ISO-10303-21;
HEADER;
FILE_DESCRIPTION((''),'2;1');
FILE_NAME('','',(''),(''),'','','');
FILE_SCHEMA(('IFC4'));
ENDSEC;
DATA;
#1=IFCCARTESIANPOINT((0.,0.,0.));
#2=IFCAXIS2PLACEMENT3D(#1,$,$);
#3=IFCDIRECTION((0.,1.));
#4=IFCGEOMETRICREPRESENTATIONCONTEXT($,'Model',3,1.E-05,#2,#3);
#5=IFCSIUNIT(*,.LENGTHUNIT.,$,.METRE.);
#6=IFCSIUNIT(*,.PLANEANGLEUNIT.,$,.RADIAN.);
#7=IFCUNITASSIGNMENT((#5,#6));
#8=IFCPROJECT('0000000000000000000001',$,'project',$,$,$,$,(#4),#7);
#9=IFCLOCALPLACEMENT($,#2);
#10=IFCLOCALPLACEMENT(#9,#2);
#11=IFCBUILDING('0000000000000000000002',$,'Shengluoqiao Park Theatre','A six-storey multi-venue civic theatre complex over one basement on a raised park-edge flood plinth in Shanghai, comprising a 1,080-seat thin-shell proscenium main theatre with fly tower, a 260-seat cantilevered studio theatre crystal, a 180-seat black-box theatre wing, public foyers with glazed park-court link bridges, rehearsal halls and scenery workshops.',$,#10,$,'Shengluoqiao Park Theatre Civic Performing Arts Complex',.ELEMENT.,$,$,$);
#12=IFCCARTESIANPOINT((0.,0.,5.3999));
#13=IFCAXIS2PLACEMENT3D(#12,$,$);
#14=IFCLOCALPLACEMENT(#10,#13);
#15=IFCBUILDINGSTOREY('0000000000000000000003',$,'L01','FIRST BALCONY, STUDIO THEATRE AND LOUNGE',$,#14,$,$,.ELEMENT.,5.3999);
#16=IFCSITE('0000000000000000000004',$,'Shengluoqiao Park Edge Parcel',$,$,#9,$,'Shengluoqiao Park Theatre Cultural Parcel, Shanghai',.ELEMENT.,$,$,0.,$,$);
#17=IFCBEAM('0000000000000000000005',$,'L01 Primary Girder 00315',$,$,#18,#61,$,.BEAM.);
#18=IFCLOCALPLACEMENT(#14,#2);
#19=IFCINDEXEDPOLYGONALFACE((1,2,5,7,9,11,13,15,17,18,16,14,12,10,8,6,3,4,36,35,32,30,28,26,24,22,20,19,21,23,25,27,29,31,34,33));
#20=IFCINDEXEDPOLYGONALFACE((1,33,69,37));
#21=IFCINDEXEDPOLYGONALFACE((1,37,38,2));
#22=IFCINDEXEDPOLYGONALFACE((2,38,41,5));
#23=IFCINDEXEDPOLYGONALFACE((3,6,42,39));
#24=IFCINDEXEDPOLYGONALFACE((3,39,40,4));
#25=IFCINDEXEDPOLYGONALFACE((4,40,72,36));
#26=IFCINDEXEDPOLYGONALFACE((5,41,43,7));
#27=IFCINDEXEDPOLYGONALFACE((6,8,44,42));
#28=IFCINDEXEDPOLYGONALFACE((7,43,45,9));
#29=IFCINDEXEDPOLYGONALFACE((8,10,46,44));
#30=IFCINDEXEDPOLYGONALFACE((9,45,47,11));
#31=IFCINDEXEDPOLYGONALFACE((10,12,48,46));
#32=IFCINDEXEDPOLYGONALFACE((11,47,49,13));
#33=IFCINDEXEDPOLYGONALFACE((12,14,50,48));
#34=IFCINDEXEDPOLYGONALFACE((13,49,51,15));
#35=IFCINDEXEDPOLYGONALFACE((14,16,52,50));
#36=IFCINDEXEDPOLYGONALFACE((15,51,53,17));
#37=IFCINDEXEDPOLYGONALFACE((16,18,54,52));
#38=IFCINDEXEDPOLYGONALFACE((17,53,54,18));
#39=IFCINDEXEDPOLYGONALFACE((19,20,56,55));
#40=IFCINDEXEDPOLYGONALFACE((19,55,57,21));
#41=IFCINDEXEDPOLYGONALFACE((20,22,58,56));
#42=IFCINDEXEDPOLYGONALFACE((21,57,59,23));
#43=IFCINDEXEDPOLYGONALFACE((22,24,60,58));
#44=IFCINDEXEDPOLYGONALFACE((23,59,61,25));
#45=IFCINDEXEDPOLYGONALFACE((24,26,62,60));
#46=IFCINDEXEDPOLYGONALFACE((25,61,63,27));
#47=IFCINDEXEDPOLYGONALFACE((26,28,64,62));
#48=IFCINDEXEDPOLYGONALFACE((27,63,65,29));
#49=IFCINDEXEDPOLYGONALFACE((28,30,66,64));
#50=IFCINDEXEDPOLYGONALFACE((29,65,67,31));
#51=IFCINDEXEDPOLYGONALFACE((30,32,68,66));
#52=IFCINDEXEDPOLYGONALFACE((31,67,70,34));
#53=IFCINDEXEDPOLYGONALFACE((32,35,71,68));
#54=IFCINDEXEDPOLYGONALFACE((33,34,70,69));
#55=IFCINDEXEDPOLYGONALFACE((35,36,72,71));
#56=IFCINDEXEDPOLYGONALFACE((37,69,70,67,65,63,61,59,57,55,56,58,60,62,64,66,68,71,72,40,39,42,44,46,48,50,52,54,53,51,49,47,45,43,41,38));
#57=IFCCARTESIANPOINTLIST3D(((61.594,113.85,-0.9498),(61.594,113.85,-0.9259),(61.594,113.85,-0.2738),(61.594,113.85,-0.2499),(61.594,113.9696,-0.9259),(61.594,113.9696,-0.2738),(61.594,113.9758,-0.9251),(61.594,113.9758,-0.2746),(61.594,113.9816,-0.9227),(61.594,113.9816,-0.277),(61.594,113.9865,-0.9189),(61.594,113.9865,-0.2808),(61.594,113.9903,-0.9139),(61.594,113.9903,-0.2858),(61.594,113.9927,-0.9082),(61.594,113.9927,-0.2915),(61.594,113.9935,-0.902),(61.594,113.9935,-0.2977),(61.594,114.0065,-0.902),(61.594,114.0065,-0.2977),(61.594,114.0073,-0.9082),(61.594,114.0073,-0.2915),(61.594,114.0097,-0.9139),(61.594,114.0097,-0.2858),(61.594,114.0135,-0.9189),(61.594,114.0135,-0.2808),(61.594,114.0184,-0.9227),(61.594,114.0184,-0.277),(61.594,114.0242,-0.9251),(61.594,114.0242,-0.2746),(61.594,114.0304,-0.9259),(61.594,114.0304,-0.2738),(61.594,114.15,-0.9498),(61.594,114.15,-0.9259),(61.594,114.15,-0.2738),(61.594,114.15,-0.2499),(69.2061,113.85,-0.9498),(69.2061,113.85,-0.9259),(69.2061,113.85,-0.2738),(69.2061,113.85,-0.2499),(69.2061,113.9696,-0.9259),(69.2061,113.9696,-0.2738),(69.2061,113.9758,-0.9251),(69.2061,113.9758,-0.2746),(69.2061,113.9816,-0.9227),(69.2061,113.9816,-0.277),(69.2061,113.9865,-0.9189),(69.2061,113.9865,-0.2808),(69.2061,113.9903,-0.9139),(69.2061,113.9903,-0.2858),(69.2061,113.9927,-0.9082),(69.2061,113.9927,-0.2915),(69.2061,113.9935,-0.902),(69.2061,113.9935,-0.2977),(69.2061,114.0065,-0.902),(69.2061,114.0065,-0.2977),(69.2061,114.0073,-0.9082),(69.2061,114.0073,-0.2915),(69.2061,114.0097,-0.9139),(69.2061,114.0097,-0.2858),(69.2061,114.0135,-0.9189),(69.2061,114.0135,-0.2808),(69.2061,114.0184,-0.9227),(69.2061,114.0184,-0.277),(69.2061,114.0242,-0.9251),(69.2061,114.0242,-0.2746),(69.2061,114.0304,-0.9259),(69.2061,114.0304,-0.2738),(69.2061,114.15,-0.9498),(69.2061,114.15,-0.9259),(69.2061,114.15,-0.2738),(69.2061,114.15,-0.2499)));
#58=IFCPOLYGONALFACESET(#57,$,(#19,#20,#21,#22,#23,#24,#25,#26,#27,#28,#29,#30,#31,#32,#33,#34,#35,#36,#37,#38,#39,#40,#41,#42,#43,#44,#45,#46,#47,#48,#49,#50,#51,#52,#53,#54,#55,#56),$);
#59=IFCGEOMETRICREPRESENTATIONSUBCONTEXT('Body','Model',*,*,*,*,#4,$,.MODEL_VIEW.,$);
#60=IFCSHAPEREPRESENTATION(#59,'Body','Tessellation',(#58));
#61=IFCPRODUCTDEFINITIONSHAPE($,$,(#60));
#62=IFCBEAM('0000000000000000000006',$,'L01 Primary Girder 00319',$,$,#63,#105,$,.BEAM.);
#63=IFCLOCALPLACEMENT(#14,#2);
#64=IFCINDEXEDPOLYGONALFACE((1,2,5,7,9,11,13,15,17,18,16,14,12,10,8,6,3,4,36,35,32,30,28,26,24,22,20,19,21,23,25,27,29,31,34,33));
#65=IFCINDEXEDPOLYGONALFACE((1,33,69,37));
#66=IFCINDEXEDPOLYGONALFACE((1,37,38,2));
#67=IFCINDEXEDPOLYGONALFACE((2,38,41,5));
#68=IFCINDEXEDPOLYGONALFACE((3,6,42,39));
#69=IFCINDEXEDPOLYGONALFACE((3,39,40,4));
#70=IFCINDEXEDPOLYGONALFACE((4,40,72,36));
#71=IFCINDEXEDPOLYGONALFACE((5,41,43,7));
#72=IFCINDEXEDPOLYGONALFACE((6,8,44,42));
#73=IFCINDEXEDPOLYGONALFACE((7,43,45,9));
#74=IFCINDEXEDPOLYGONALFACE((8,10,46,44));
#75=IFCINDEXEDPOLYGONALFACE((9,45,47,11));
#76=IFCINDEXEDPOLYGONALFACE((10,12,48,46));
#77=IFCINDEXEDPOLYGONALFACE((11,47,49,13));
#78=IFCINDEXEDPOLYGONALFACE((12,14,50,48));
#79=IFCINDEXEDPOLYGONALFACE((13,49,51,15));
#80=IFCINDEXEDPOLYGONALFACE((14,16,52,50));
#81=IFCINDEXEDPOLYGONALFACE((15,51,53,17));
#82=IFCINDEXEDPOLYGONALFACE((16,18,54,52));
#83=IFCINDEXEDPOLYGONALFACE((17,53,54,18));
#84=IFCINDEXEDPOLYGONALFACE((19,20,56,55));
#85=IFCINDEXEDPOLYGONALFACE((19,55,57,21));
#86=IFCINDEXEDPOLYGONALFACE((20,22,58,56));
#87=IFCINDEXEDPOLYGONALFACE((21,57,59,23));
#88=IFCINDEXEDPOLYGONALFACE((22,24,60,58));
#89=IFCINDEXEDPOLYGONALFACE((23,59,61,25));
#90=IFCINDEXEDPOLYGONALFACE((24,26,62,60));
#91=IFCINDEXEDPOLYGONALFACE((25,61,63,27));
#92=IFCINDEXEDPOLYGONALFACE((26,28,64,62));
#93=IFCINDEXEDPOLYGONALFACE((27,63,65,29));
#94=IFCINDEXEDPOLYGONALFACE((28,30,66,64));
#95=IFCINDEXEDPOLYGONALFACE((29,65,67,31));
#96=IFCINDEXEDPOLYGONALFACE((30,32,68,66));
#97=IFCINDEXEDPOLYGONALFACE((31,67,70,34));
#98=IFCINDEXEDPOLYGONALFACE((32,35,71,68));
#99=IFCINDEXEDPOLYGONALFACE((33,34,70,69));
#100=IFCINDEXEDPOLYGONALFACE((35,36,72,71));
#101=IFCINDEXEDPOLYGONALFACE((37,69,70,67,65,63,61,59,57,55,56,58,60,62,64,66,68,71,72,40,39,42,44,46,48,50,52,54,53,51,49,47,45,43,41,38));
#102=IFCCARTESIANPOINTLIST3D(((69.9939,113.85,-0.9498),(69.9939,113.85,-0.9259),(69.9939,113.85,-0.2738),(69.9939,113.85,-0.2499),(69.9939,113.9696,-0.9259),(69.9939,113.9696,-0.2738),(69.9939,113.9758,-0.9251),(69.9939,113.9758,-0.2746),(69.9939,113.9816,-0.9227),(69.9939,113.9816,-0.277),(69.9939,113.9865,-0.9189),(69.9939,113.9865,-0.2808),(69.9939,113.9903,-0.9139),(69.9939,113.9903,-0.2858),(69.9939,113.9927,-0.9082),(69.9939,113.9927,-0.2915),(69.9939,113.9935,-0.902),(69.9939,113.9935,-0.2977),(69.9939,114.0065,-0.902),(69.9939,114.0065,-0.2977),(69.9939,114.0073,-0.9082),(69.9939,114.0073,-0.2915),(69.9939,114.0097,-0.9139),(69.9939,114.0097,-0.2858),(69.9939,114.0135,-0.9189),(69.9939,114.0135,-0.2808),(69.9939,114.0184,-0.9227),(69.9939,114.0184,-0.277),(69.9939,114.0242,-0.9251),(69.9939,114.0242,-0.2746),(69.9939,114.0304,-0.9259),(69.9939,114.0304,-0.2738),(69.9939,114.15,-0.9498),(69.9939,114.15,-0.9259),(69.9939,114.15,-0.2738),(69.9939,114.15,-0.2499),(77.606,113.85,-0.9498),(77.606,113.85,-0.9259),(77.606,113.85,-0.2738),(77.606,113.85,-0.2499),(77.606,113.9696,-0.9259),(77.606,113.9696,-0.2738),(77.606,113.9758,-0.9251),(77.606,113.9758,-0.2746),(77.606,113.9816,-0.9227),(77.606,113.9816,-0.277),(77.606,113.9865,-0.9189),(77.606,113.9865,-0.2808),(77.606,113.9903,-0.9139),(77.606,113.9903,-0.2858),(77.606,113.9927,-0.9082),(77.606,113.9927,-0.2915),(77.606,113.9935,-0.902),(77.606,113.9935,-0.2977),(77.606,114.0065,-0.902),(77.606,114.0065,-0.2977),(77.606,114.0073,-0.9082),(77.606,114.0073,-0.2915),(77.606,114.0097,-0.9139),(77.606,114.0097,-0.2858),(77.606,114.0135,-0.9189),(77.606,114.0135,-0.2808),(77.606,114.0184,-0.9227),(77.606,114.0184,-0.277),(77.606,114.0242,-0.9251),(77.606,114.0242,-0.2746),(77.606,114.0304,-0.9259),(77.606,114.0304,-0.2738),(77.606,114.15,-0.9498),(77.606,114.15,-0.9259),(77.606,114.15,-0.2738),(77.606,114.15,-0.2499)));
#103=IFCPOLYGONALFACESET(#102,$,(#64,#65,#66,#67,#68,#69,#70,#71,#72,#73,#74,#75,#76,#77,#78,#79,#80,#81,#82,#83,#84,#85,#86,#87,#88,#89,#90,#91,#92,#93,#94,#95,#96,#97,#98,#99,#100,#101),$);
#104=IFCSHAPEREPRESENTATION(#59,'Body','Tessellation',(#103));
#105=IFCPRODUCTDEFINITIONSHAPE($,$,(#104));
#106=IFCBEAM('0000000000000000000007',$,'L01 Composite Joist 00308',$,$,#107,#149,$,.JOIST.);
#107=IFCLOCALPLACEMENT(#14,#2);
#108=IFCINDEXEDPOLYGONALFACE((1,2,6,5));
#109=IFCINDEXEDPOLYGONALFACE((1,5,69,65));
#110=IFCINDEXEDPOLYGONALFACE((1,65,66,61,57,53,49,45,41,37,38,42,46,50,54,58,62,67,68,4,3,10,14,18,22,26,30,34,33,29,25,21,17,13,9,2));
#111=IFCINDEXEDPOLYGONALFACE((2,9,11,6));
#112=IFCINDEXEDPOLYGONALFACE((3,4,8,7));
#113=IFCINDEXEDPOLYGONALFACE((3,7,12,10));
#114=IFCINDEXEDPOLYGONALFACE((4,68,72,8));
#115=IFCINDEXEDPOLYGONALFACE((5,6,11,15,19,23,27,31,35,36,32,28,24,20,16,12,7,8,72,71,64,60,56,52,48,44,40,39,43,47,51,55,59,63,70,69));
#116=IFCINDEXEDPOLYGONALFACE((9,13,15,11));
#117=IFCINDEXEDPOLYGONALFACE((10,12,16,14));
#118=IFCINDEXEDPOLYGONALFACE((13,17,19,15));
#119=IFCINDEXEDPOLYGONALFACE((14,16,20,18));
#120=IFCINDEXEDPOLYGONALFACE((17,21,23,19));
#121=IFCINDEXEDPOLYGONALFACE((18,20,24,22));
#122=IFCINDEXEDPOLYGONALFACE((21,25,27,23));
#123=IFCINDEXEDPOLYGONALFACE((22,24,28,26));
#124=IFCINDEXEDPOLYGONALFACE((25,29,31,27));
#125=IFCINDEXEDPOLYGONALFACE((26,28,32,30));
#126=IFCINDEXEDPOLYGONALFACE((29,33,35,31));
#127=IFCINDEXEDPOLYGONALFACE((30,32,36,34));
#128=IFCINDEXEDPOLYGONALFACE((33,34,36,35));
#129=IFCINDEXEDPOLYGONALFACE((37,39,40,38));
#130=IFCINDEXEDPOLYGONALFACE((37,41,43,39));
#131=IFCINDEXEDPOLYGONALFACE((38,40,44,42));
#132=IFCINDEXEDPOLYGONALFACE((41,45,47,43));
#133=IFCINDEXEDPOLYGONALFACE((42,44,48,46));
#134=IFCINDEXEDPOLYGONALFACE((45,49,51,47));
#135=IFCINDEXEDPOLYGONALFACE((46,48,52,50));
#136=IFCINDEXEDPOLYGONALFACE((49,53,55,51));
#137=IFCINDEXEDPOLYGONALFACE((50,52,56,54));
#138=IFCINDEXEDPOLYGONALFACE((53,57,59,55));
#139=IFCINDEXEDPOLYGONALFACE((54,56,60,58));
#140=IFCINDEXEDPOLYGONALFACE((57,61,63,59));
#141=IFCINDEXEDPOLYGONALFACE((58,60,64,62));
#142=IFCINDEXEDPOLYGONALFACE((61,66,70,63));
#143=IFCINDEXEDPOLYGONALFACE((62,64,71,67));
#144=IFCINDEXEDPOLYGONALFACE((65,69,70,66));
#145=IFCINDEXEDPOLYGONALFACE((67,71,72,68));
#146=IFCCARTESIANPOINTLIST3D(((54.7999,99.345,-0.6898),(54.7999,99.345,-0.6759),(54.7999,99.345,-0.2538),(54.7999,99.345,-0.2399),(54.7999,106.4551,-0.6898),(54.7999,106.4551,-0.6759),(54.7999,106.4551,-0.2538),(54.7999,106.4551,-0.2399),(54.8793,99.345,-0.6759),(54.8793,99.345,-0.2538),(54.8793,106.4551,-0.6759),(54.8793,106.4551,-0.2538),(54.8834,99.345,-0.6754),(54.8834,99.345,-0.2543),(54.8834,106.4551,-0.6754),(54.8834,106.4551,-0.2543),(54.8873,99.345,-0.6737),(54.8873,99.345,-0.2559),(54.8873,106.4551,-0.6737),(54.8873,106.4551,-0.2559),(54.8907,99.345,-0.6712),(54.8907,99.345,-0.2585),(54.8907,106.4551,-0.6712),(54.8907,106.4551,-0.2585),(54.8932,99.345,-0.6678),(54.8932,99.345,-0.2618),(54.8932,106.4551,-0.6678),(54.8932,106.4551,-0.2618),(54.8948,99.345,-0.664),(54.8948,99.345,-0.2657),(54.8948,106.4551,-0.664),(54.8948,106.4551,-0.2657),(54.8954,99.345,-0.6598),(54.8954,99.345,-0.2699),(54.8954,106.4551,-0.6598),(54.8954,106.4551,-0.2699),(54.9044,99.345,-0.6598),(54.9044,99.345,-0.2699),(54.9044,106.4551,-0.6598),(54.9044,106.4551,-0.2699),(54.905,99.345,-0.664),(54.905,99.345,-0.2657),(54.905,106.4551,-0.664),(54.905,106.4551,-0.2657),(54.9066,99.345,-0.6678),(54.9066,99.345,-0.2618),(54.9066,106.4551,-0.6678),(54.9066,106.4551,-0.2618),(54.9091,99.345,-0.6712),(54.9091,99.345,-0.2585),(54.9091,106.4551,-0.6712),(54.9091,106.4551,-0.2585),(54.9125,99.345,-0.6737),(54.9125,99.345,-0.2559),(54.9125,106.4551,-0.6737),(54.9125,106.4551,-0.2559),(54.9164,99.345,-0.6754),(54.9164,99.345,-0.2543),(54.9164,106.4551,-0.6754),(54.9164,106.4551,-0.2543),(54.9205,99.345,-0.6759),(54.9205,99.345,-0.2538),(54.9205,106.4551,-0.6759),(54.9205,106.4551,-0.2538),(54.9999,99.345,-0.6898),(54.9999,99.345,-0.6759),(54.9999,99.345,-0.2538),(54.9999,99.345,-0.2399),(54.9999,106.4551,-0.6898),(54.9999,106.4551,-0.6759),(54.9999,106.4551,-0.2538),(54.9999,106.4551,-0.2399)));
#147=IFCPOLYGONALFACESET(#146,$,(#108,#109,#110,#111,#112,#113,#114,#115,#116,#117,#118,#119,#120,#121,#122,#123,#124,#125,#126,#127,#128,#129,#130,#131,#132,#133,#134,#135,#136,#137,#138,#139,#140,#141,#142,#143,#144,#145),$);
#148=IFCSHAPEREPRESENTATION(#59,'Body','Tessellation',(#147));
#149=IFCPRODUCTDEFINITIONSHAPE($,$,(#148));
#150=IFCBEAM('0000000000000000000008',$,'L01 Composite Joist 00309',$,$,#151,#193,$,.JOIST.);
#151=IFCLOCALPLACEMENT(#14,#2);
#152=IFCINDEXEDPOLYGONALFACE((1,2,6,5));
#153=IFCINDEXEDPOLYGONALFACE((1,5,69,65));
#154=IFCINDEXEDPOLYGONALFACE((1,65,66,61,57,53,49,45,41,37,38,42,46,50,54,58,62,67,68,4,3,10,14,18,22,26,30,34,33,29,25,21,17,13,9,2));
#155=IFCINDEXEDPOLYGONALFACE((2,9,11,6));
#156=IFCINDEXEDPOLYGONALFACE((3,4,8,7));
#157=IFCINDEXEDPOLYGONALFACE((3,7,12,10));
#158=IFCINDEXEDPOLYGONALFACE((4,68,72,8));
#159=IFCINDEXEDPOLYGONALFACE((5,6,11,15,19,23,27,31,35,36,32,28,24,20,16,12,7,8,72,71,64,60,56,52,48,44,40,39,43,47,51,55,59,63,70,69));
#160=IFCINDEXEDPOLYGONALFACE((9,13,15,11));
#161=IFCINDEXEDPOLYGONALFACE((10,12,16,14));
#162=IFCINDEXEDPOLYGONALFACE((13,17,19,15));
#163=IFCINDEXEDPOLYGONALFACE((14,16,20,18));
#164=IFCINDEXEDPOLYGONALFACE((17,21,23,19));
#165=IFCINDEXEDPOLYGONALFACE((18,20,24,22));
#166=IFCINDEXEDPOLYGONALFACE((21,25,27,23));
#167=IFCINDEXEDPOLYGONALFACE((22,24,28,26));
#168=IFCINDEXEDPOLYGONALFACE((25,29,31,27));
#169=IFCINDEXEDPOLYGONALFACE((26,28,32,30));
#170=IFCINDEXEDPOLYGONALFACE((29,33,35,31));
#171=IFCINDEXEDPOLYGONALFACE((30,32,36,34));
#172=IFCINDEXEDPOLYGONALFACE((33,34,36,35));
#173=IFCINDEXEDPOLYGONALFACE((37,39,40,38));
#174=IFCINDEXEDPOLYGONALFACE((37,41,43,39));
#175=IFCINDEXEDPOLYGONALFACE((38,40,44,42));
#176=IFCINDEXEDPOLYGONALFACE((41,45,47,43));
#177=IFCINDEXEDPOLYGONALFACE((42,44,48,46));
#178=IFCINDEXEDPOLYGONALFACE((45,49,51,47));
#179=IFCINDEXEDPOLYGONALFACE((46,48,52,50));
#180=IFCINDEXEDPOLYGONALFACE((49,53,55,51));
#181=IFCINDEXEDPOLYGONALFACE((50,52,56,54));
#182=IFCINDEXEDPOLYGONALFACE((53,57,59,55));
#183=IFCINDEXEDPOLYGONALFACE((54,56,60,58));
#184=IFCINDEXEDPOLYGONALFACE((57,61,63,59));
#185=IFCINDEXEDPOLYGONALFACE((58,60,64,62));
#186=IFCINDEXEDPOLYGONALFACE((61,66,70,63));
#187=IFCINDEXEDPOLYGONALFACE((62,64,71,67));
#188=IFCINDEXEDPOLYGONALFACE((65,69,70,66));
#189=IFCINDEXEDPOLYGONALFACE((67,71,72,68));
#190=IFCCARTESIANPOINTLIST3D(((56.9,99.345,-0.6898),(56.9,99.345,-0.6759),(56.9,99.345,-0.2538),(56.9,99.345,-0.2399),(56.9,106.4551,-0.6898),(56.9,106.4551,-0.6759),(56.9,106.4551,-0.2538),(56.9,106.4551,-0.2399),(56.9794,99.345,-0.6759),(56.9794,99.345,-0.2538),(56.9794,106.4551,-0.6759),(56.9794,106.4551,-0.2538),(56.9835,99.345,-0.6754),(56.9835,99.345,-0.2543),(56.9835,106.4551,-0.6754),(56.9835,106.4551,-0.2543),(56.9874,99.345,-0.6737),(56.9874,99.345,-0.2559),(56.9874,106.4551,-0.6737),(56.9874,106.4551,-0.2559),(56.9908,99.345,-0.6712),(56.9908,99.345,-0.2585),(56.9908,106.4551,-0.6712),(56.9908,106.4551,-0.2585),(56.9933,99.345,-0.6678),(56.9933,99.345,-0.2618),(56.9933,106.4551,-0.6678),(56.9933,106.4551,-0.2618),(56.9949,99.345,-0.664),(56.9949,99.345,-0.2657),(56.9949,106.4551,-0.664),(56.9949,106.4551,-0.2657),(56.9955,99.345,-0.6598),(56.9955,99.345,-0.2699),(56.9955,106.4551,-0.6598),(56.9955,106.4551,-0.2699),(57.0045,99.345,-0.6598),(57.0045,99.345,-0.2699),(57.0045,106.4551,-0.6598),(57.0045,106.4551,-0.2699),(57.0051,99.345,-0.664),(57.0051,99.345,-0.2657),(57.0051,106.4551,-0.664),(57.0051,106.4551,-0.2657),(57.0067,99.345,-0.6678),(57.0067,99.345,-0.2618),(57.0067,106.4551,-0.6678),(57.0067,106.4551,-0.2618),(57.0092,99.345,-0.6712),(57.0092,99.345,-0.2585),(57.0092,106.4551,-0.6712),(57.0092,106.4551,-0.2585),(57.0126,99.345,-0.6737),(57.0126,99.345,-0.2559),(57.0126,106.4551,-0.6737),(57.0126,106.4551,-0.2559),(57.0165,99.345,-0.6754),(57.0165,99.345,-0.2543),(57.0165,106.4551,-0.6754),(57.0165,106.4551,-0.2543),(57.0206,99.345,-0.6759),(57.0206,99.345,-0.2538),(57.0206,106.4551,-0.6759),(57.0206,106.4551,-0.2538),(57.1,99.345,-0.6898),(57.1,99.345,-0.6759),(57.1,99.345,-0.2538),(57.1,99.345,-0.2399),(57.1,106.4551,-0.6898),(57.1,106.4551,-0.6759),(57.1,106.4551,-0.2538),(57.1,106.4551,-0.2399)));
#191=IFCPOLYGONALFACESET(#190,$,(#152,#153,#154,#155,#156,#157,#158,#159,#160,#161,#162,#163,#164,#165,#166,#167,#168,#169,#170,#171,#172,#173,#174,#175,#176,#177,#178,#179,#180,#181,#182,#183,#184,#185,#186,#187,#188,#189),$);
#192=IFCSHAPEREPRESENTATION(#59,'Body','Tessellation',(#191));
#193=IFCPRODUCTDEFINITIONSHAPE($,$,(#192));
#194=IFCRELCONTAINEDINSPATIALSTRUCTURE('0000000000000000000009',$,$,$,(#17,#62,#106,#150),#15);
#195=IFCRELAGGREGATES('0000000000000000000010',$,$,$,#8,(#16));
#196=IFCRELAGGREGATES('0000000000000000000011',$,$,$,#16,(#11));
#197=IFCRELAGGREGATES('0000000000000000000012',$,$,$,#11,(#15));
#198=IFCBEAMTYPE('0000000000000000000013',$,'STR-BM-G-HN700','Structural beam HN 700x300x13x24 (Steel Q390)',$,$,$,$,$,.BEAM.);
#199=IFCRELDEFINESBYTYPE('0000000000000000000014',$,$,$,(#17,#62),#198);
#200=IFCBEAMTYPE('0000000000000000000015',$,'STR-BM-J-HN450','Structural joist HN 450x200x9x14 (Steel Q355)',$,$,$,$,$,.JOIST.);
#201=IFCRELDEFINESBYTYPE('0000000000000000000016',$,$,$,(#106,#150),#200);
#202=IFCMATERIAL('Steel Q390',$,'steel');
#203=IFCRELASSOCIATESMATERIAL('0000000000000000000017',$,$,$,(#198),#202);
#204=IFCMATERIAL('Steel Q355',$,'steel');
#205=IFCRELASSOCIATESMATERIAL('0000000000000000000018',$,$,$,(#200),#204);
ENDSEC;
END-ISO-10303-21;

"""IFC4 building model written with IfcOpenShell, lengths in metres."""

from ifc_helpers import new_model, si_unit, direction, frame, origin, origin_2d, place, context, subcontext, project, spatial, i_section, extrude, material, material_profile, profile_set, type_object, element, save


model = new_model("IFC4")

# Units and contexts
model_context = context("Model", 3, precision=1e-05, world=origin(), true_north=direction((0.0, 1.0)))
body_context = subcontext(model_context, "Body", "Model", "MODEL_VIEW")
ifc_project = project(units=[si_unit("LENGTHUNIT", "METRE"), si_unit("PLANEANGLEUNIT", "RADIAN")], contexts=[model_context])

# Site, building, storey
site_placement = place(None, origin())
site = spatial("IfcSite", under=ifc_project, at=site_placement, Name="Shengluoqiao Park Edge Parcel", LongName="Shengluoqiao Park Theatre Cultural Parcel, Shanghai", CompositionType="ELEMENT", RefElevation=0.0)
building_placement = place(site_placement, origin())
building = spatial("IfcBuilding", under=site, at=building_placement, Name="Shengluoqiao Park Theatre", Description="A six-storey multi-venue civic theatre complex over one basement on a raised park-edge flood plinth in Shanghai, comprising a 1,080-seat thin-shell proscenium main theatre with fly tower, a 260-seat cantilevered studio theatre crystal, a 180-seat black-box theatre wing, public foyers with glazed park-court link bridges, rehearsal halls and scenery workshops.", LongName="Shengluoqiao Park Theatre Civic Performing Arts Complex", CompositionType="ELEMENT")
storey_placement = place(building_placement, frame((0.0, 0.0, 5.3999)))
storey = spatial("IfcBuildingStorey", under=building, at=storey_placement, Name="L01", Description="FIRST BALCONY, STUDIO THEATRE AND LOUNGE", CompositionType="ELEMENT", Elevation=5.3999)

# Beams
ifc_material_1 = material(Name="Steel Q355", Category="steel")
ifc_material_2 = material(Name="Steel Q390", Category="steel")
ifc_material_profile_1 = material_profile(ifc_material_2, i_section(OverallWidth=0.3, OverallDepth=0.7, WebThickness=0.0129, FlangeThickness=0.0239, FilletRadius=0.0239, at=origin_2d()), Name="HN 700x300x13x24")
ifc_profile_set_1 = profile_set([ifc_material_profile_1], Name="Steel Q390")
beam_type_1 = type_object("IfcBeamType", Name="STR-BM-G-HN700", Description="Structural beam HN 700x300x13x24 (Steel Q390)", PredefinedType="BEAM", material=ifc_profile_set_1)
for number, where, z_axis, x_axis, name in (
    (1, (61.594, 114.0, -0.5999), (1.0, 0.0, 0.0), (0.0, 1.0, 0.0), "L01 Primary Girder 00315"),
    (2, (69.9939, 114.0, -0.5999), (1.0, 0.0, 0.0), (0.0, 1.0, 0.0), "L01 Primary Girder 00319"),
):
    element("IfcBeam", number, at=place(storey_placement, frame(where, z_axis=z_axis, x_axis=x_axis)), inside=storey, type_object=beam_type_1, Name=name, PredefinedType="BEAM", context=body_context, shape_type="SweptSolid", body=[
        extrude(i_section(OverallWidth=0.3, OverallDepth=0.7, WebThickness=0.0129, FlangeThickness=0.0239, FilletRadius=0.0239, at=origin_2d()), origin(), (0.0, 0.0, 1.0), 7.6121),
    ])
ifc_material_profile_2 = material_profile(ifc_material_1, i_section(OverallWidth=0.2, OverallDepth=0.45, WebThickness=0.009, FlangeThickness=0.0139, FilletRadius=0.0161, at=origin_2d()), Name="HN 450x200x9x14")
ifc_profile_set_2 = profile_set([ifc_material_profile_2], Name="Steel Q355")
beam_type_2 = type_object("IfcBeamType", Name="STR-BM-J-HN450", Description="Structural joist HN 450x200x9x14 (Steel Q355)", PredefinedType="JOIST", material=ifc_profile_set_2)
for number, where, z_axis, x_axis, name in (
    (3, (54.8999, 99.345, -0.4648), (0.0, 1.0, 0.0), (-1.0, 0.0, 0.0), "L01 Composite Joist 00308"),
    (4, (57.0, 99.345, -0.4648), (0.0, 1.0, 0.0), (-1.0, 0.0, 0.0), "L01 Composite Joist 00309"),
):
    element("IfcBeam", number, at=place(storey_placement, frame(where, z_axis=z_axis, x_axis=x_axis)), inside=storey, type_object=beam_type_2, Name=name, PredefinedType="JOIST", context=body_context, shape_type="SweptSolid", body=[
        extrude(i_section(OverallWidth=0.2, OverallDepth=0.45, WebThickness=0.009, FlangeThickness=0.0139, FilletRadius=0.0161, at=origin_2d()), origin(), (0.0, 0.0, 1.0), 7.1101),
    ])

save(model, "model.ifc")
